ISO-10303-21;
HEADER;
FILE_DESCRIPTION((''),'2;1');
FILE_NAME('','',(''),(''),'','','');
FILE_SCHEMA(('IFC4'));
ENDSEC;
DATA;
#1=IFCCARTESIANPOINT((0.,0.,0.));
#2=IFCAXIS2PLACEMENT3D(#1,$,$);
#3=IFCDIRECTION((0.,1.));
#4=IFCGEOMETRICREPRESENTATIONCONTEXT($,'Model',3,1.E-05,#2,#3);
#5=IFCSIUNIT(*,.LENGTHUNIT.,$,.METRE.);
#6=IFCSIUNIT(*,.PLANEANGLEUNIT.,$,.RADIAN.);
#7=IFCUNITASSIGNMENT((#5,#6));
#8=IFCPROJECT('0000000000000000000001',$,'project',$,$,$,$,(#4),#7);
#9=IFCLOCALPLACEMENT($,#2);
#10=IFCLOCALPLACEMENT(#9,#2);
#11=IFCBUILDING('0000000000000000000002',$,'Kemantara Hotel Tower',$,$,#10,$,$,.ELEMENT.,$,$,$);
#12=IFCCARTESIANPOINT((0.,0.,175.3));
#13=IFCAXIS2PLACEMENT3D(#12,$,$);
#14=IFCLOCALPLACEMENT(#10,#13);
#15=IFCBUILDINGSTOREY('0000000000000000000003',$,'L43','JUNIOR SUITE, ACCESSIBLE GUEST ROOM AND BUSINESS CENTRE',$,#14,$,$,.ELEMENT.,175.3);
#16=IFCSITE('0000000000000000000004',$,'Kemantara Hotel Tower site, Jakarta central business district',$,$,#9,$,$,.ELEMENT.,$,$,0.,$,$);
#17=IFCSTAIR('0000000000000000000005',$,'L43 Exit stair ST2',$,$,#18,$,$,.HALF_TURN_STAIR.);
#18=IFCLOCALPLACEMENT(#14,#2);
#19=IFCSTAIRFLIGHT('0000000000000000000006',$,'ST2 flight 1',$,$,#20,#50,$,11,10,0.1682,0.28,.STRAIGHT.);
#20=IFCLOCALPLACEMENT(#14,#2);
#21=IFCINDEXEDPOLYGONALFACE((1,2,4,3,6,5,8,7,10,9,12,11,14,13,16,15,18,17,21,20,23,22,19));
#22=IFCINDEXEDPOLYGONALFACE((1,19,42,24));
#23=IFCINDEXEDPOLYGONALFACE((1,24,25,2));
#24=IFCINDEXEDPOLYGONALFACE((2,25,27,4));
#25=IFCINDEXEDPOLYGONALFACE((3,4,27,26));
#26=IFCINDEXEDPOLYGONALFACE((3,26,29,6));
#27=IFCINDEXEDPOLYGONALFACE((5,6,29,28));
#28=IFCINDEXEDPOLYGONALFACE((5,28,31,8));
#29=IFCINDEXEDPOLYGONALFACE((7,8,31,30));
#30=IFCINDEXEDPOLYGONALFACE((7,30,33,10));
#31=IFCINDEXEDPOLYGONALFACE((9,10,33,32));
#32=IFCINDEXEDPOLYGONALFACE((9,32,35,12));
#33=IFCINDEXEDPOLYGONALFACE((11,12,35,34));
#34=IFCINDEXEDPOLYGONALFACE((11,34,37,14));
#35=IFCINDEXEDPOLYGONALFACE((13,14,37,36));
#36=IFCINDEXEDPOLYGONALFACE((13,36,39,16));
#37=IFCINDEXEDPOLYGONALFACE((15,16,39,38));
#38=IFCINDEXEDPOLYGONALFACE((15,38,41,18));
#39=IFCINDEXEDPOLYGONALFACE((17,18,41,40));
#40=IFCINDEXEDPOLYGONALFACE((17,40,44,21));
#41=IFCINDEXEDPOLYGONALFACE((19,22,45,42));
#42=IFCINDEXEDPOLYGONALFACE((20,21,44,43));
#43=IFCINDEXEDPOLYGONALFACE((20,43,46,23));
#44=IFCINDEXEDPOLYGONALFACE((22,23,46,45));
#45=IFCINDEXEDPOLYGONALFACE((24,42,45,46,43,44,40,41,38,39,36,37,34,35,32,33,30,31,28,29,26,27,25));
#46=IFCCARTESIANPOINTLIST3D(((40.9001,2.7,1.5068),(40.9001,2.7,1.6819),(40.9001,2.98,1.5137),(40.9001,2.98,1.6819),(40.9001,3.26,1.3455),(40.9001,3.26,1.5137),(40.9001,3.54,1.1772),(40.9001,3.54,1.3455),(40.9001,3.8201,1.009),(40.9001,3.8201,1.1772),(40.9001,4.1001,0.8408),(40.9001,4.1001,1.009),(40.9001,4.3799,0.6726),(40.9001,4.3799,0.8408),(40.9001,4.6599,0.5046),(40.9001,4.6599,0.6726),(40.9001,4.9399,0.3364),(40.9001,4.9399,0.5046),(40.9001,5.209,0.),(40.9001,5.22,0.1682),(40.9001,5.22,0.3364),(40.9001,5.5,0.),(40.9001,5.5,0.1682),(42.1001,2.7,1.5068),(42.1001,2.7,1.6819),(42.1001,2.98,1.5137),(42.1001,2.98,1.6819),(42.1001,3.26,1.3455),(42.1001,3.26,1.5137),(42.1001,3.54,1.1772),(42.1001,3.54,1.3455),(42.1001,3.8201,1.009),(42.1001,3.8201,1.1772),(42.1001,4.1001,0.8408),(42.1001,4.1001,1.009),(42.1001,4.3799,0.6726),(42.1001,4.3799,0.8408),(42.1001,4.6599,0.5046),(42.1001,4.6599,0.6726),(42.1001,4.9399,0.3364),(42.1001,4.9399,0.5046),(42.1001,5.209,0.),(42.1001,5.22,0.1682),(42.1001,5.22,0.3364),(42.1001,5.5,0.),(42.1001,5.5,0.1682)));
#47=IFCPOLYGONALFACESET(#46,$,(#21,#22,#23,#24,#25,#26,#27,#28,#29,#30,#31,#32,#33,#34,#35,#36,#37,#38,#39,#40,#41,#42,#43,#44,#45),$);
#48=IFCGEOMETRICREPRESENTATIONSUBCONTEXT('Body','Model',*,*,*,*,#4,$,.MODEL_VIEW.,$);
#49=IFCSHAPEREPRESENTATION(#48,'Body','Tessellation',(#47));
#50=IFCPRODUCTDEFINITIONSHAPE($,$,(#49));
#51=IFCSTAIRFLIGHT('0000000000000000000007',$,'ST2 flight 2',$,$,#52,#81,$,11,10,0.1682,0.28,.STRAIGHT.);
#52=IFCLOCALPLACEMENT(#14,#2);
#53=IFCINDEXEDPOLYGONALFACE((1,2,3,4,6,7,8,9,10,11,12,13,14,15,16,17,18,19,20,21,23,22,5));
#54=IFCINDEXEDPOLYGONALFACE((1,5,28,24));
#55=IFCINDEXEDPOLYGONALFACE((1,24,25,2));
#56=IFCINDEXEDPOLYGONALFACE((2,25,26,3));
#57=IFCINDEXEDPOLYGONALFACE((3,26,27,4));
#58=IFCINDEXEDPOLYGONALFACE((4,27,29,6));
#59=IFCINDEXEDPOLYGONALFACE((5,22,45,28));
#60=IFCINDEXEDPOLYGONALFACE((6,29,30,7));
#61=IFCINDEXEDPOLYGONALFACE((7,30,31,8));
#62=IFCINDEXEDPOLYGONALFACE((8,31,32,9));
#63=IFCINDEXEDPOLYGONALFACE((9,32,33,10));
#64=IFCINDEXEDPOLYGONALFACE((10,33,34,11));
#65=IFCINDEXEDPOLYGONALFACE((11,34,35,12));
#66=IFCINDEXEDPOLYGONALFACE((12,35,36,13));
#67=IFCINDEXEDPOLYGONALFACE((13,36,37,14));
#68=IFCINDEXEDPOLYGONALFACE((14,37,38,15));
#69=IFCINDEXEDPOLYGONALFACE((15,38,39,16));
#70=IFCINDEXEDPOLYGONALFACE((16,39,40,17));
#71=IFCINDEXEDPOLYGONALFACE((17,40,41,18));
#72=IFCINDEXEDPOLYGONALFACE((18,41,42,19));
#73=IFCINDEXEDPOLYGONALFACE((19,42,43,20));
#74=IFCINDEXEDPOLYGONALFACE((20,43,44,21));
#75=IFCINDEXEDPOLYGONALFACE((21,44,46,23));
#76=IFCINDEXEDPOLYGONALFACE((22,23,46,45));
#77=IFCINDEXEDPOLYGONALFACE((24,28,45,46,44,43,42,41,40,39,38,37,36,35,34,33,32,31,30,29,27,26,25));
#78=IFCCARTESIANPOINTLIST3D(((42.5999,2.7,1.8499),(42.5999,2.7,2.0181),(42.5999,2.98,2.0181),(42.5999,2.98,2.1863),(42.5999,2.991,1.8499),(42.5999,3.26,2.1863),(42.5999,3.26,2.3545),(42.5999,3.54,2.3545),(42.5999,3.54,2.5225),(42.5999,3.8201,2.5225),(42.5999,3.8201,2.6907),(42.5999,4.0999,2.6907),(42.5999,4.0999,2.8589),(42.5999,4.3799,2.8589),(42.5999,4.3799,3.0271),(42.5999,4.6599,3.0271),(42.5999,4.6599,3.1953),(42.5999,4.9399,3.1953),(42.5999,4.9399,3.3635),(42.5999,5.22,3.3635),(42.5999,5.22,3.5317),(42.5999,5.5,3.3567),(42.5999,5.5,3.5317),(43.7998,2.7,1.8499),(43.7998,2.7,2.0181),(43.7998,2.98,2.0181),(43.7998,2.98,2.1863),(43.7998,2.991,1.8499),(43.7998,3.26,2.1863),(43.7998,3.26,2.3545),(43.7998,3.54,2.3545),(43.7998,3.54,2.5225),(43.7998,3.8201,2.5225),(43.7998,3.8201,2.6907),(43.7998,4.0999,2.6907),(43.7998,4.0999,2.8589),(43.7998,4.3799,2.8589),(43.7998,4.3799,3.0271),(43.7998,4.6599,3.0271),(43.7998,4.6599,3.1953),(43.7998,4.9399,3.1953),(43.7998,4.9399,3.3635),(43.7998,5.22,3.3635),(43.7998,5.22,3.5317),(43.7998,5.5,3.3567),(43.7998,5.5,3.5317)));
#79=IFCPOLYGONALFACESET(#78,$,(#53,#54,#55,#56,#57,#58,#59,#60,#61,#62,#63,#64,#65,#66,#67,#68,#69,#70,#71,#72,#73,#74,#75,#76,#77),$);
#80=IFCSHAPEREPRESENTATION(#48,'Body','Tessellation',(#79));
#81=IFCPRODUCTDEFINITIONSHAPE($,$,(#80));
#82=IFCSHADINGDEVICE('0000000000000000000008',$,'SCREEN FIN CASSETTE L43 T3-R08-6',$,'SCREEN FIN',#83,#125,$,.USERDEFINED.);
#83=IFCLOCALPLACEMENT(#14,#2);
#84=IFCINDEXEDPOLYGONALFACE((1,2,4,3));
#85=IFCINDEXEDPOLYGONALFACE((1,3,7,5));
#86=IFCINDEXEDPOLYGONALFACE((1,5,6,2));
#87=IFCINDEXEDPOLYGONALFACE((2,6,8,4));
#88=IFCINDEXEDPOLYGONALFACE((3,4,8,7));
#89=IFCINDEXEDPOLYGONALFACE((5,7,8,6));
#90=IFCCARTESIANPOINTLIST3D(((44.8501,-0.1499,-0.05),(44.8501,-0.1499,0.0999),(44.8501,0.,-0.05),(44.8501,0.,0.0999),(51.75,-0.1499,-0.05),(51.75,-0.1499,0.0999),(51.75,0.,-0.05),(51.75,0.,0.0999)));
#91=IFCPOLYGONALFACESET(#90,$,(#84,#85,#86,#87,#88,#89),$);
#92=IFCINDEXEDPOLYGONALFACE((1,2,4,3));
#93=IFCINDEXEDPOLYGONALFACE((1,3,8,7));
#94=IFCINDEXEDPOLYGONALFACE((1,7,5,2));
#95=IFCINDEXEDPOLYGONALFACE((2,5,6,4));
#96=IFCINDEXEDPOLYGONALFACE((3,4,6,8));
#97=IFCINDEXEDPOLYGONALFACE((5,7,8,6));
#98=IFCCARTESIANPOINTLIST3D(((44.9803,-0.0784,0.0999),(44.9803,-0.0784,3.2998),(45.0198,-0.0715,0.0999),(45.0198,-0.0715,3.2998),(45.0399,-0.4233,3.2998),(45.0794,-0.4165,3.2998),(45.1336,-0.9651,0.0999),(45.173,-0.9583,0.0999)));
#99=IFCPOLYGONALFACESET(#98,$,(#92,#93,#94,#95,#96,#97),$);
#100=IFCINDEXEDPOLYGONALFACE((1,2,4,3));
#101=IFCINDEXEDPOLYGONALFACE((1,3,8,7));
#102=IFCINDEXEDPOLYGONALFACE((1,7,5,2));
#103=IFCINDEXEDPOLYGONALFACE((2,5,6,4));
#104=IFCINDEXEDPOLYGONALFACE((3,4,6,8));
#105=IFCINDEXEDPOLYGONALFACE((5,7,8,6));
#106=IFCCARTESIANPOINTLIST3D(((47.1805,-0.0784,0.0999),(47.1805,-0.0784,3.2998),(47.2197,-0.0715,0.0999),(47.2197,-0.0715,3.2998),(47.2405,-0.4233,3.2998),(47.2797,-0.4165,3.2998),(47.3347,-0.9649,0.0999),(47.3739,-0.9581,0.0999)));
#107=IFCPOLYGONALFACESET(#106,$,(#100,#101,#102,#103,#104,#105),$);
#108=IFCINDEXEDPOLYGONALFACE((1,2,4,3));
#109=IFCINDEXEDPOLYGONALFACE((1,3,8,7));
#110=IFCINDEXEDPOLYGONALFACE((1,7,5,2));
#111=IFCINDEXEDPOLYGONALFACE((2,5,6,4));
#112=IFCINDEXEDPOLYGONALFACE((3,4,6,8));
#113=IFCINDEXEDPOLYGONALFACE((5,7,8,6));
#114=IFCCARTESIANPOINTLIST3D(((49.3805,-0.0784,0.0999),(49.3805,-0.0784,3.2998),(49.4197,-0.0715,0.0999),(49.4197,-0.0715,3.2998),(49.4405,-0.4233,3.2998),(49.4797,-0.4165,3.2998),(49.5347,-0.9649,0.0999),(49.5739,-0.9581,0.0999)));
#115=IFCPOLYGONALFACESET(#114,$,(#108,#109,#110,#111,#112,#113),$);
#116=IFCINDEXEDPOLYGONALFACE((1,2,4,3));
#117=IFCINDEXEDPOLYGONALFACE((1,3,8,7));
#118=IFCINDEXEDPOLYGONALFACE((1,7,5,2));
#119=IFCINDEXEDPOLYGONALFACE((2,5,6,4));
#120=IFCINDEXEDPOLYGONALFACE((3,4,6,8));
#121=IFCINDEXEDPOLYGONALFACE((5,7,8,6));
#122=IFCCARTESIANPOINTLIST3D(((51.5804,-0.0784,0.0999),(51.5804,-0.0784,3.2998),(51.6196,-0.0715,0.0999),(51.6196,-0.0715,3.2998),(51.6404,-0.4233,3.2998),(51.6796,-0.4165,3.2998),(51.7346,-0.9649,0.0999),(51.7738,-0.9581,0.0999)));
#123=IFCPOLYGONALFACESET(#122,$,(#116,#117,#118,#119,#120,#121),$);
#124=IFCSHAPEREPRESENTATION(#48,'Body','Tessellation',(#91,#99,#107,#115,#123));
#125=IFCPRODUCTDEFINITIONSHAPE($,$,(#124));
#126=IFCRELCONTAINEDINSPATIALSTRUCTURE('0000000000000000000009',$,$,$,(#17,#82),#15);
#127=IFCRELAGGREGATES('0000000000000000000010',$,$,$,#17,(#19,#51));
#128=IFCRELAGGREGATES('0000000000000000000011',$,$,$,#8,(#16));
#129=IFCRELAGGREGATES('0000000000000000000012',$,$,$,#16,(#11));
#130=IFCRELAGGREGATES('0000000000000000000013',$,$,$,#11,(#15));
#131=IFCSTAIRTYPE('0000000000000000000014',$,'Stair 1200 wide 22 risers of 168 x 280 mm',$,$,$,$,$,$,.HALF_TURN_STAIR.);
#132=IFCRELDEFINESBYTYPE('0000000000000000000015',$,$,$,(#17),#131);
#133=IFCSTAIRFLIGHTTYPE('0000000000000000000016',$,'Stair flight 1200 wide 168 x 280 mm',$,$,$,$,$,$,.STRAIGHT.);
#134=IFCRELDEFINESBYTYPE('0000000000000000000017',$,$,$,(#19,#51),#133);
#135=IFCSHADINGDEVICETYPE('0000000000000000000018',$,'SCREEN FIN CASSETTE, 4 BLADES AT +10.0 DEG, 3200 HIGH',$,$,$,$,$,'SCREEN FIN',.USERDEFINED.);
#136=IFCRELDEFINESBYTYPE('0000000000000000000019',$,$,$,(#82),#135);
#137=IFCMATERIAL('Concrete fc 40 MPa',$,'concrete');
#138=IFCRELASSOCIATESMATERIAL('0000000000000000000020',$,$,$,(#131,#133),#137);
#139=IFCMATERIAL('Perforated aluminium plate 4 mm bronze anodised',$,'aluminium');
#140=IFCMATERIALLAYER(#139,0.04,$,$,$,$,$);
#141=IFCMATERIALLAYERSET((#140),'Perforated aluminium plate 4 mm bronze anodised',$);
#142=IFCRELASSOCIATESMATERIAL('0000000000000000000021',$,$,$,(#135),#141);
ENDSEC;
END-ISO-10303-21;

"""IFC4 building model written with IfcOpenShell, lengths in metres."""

from ifc_helpers import new_model, si_unit, direction, frame, origin, origin_2d, place, context, subcontext, project, spatial, polyline, rectangle, outline, extrude, source, transform, mapped, material, layer, layer_set, type_object, element, aggregate, save


model = new_model("IFC4")

# Units and contexts
model_context = context("Model", 3, precision=1e-05, world=origin(), true_north=direction((0.0, 1.0)))
body_context = subcontext(model_context, "Body", "Model", "MODEL_VIEW")
ifc_project = project(units=[si_unit("LENGTHUNIT", "METRE"), si_unit("PLANEANGLEUNIT", "RADIAN")], contexts=[model_context])

# Site, building, storey
site_placement = place(None, origin())
site = spatial("IfcSite", under=ifc_project, at=site_placement, Name="Kemantara Hotel Tower site, Jakarta central business district", CompositionType="ELEMENT", RefElevation=0.0)
building_placement = place(site_placement, origin())
building = spatial("IfcBuilding", under=site, at=building_placement, Name="Kemantara Hotel Tower", CompositionType="ELEMENT")
storey_placement = place(building_placement, frame((0.0, 0.0, 175.3)))
storey = spatial("IfcBuildingStorey", under=building, at=storey_placement, Name="L43", Description="JUNIOR SUITE, ACCESSIBLE GUEST ROOM AND BUSINESS CENTRE", CompositionType="ELEMENT", Elevation=175.3)

# Stair, stair flights
ifc_material_1 = material(Name="Concrete fc 40 MPa", Category="concrete")
stair_type = type_object("IfcStairType", Name="Stair 1200 wide 22 risers of 168 x 280 mm", PredefinedType="HALF_TURN_STAIR", material=ifc_material_1)
stair_placement = place(storey_placement, origin())
stair = element("IfcStair", 1, at=stair_placement, inside=storey, type_object=stair_type, Name="L43 Exit stair ST2", PredefinedType="HALF_TURN_STAIR")
stair_flight_type = type_object("IfcStairFlightType", Name="Stair flight 1200 wide 168 x 280 mm", PredefinedType="STRAIGHT", material=ifc_material_1)
stair_flight_1_placement = place(storey_placement, frame((41.5, 5.5, 0.0), z_axis=(0.0, 0.0, 1.0), x_axis=(0.0, -1.0, 0.0)))
stair_flight_1 = element("IfcStairFlight", 2, at=stair_flight_1_placement, type_object=stair_flight_type, Name="ST2 flight 1", NumberOfRisers=11, NumberOfTreads=10, PredefinedType="STRAIGHT", RiserHeight=0.1682, TreadLength=0.28, context=body_context, shape_type="SweptSolid", body=[
    extrude(outline(polyline([(0.0, 0.0), (0.0, 0.1682), (0.28, 0.1682), (0.28, 0.3364), (0.5601, 0.3364), (0.5601, 0.5046), (0.8401, 0.5046), (0.8401, 0.6726), (1.1201, 0.6726), (1.1201, 0.8408), (1.3999, 0.8408), (1.3999, 1.009), (1.6799, 1.009), (1.6799, 1.1772), (1.96, 1.1772), (1.96, 1.3455), (2.24, 1.3455), (2.24, 1.5137), (2.52, 1.5137), (2.52, 1.6819), (2.8, 1.6819), (2.8, 1.8501), (2.8, 1.5068), (0.291, 0.0), (0.0, 0.0)])), frame((0.0, 0.6001, 0.0), z_axis=(0.0, -1.0, 0.0), x_axis=(1.0, 0.0, 0.0)), (0.0, 0.0, 1.0), 1.2),
])
stair_flight_2_placement = place(storey_placement, frame((43.2, 2.7, 1.8499), z_axis=(0.0, 0.0, 1.0), x_axis=(0.0, 1.0, 0.0)))
stair_flight_2 = element("IfcStairFlight", 3, at=stair_flight_2_placement, type_object=stair_flight_type, Name="ST2 flight 2", NumberOfRisers=11, NumberOfTreads=10, PredefinedType="STRAIGHT", RiserHeight=0.1682, TreadLength=0.28, context=body_context, shape_type="SweptSolid", body=[
    extrude(outline(polyline([(0.0, 0.0), (0.0, 0.1682), (0.28, 0.1682), (0.28, 0.3364), (0.5601, 0.3364), (0.5601, 0.5046), (0.8401, 0.5046), (0.8401, 0.6726), (1.1201, 0.6726), (1.1201, 0.8408), (1.3999, 0.8408), (1.3999, 1.009), (1.6799, 1.009), (1.6799, 1.1772), (1.96, 1.1772), (1.96, 1.3455), (2.24, 1.3455), (2.24, 1.5137), (2.52, 1.5137), (2.52, 1.6819), (2.8, 1.6819), (2.8, 1.8501), (2.8, 1.5068), (0.291, 0.0), (0.0, 0.0)])), frame((0.0, 0.6001, 0.0), z_axis=(0.0, -1.0, 0.0), x_axis=(1.0, 0.0, 0.0)), (0.0, 0.0, 1.0), 1.2),
])
aggregate(stair, [stair_flight_1, stair_flight_2])

# Shading device
ifc_material_2 = material(Name="Perforated aluminium plate 4 mm bronze anodised", Category="aluminium")
ifc_layer_1 = layer(ifc_material_2, 0.04)
ifc_layer_set_1 = layer_set([ifc_layer_1], Name="Perforated aluminium plate 4 mm bronze anodised")
shading_device_type = type_object("IfcShadingDeviceType", Name="SCREEN FIN CASSETTE, 4 BLADES AT +10.0 DEG, 3200 HIGH", ElementType="SCREEN FIN", PredefinedType="USERDEFINED", material=ifc_layer_set_1)
shared_shape = source(origin(), body_context, "Body", "SweptSolid", [
    extrude(rectangle(XDim=6.8999, YDim=0.1499, at=origin_2d()), frame((3.3, -0.075, -0.1499), z_axis=(0.0, 0.0, 1.0), x_axis=(1.0, 0.0, 0.0)), (0.0, 0.0, 1.0), 0.1499),
    extrude(outline(polyline([(0.0, 0.0), (0.8999, 0.0), (0.3501, 3.2), (0.0, 3.2), (0.0, 0.0)])), frame((0.0198, -0.0715, 0.0), z_axis=(-0.98539, -0.170314, 0.0), x_axis=(0.170314, -0.98539, 0.0)), (0.0, 0.0, 1.0), 0.04),
    extrude(outline(polyline([(0.0, 0.0), (0.8999, 0.0), (0.3501, 3.2), (0.0, 3.2), (0.0, 0.0)])), frame((2.2197, -0.0715, 0.0), z_axis=(-0.985212, -0.171341, 0.0), x_axis=(0.171341, -0.985212, 0.0)), (0.0, 0.0, 1.0), 0.0398),
    extrude(outline(polyline([(0.0, 0.0), (0.8999, 0.0), (0.3501, 3.2), (0.0, 3.2), (0.0, 0.0)])), frame((4.4197, -0.0715, 0.0), z_axis=(-0.985212, -0.171341, 0.0), x_axis=(0.171341, -0.985212, 0.0)), (0.0, 0.0, 1.0), 0.0398),
    extrude(outline(polyline([(0.0, 0.0), (0.8999, 0.0), (0.3501, 3.2), (0.0, 3.2), (0.0, 0.0)])), frame((6.6196, -0.0715, 0.0), z_axis=(-0.985212, -0.171341, 0.0), x_axis=(0.171341, -0.985212, 0.0)), (0.0, 0.0, 1.0), 0.0398),
])
shading_device_placement = place(storey_placement, frame((45.0, 0.0, 0.0999), z_axis=(0.0, 0.0, 1.0), x_axis=(1.0, 0.0, 0.0)))
element("IfcShadingDevice", 4, at=shading_device_placement, inside=storey, type_object=shading_device_type, Name="SCREEN FIN CASSETTE L43 T3-R08-6", ObjectType="SCREEN FIN", PredefinedType="USERDEFINED", context=body_context, shape_type="MappedRepresentation", body=[
    mapped(shared_shape, transform((0.0, 0.0, 0.0))),
])

save(model, "model.ifc")
